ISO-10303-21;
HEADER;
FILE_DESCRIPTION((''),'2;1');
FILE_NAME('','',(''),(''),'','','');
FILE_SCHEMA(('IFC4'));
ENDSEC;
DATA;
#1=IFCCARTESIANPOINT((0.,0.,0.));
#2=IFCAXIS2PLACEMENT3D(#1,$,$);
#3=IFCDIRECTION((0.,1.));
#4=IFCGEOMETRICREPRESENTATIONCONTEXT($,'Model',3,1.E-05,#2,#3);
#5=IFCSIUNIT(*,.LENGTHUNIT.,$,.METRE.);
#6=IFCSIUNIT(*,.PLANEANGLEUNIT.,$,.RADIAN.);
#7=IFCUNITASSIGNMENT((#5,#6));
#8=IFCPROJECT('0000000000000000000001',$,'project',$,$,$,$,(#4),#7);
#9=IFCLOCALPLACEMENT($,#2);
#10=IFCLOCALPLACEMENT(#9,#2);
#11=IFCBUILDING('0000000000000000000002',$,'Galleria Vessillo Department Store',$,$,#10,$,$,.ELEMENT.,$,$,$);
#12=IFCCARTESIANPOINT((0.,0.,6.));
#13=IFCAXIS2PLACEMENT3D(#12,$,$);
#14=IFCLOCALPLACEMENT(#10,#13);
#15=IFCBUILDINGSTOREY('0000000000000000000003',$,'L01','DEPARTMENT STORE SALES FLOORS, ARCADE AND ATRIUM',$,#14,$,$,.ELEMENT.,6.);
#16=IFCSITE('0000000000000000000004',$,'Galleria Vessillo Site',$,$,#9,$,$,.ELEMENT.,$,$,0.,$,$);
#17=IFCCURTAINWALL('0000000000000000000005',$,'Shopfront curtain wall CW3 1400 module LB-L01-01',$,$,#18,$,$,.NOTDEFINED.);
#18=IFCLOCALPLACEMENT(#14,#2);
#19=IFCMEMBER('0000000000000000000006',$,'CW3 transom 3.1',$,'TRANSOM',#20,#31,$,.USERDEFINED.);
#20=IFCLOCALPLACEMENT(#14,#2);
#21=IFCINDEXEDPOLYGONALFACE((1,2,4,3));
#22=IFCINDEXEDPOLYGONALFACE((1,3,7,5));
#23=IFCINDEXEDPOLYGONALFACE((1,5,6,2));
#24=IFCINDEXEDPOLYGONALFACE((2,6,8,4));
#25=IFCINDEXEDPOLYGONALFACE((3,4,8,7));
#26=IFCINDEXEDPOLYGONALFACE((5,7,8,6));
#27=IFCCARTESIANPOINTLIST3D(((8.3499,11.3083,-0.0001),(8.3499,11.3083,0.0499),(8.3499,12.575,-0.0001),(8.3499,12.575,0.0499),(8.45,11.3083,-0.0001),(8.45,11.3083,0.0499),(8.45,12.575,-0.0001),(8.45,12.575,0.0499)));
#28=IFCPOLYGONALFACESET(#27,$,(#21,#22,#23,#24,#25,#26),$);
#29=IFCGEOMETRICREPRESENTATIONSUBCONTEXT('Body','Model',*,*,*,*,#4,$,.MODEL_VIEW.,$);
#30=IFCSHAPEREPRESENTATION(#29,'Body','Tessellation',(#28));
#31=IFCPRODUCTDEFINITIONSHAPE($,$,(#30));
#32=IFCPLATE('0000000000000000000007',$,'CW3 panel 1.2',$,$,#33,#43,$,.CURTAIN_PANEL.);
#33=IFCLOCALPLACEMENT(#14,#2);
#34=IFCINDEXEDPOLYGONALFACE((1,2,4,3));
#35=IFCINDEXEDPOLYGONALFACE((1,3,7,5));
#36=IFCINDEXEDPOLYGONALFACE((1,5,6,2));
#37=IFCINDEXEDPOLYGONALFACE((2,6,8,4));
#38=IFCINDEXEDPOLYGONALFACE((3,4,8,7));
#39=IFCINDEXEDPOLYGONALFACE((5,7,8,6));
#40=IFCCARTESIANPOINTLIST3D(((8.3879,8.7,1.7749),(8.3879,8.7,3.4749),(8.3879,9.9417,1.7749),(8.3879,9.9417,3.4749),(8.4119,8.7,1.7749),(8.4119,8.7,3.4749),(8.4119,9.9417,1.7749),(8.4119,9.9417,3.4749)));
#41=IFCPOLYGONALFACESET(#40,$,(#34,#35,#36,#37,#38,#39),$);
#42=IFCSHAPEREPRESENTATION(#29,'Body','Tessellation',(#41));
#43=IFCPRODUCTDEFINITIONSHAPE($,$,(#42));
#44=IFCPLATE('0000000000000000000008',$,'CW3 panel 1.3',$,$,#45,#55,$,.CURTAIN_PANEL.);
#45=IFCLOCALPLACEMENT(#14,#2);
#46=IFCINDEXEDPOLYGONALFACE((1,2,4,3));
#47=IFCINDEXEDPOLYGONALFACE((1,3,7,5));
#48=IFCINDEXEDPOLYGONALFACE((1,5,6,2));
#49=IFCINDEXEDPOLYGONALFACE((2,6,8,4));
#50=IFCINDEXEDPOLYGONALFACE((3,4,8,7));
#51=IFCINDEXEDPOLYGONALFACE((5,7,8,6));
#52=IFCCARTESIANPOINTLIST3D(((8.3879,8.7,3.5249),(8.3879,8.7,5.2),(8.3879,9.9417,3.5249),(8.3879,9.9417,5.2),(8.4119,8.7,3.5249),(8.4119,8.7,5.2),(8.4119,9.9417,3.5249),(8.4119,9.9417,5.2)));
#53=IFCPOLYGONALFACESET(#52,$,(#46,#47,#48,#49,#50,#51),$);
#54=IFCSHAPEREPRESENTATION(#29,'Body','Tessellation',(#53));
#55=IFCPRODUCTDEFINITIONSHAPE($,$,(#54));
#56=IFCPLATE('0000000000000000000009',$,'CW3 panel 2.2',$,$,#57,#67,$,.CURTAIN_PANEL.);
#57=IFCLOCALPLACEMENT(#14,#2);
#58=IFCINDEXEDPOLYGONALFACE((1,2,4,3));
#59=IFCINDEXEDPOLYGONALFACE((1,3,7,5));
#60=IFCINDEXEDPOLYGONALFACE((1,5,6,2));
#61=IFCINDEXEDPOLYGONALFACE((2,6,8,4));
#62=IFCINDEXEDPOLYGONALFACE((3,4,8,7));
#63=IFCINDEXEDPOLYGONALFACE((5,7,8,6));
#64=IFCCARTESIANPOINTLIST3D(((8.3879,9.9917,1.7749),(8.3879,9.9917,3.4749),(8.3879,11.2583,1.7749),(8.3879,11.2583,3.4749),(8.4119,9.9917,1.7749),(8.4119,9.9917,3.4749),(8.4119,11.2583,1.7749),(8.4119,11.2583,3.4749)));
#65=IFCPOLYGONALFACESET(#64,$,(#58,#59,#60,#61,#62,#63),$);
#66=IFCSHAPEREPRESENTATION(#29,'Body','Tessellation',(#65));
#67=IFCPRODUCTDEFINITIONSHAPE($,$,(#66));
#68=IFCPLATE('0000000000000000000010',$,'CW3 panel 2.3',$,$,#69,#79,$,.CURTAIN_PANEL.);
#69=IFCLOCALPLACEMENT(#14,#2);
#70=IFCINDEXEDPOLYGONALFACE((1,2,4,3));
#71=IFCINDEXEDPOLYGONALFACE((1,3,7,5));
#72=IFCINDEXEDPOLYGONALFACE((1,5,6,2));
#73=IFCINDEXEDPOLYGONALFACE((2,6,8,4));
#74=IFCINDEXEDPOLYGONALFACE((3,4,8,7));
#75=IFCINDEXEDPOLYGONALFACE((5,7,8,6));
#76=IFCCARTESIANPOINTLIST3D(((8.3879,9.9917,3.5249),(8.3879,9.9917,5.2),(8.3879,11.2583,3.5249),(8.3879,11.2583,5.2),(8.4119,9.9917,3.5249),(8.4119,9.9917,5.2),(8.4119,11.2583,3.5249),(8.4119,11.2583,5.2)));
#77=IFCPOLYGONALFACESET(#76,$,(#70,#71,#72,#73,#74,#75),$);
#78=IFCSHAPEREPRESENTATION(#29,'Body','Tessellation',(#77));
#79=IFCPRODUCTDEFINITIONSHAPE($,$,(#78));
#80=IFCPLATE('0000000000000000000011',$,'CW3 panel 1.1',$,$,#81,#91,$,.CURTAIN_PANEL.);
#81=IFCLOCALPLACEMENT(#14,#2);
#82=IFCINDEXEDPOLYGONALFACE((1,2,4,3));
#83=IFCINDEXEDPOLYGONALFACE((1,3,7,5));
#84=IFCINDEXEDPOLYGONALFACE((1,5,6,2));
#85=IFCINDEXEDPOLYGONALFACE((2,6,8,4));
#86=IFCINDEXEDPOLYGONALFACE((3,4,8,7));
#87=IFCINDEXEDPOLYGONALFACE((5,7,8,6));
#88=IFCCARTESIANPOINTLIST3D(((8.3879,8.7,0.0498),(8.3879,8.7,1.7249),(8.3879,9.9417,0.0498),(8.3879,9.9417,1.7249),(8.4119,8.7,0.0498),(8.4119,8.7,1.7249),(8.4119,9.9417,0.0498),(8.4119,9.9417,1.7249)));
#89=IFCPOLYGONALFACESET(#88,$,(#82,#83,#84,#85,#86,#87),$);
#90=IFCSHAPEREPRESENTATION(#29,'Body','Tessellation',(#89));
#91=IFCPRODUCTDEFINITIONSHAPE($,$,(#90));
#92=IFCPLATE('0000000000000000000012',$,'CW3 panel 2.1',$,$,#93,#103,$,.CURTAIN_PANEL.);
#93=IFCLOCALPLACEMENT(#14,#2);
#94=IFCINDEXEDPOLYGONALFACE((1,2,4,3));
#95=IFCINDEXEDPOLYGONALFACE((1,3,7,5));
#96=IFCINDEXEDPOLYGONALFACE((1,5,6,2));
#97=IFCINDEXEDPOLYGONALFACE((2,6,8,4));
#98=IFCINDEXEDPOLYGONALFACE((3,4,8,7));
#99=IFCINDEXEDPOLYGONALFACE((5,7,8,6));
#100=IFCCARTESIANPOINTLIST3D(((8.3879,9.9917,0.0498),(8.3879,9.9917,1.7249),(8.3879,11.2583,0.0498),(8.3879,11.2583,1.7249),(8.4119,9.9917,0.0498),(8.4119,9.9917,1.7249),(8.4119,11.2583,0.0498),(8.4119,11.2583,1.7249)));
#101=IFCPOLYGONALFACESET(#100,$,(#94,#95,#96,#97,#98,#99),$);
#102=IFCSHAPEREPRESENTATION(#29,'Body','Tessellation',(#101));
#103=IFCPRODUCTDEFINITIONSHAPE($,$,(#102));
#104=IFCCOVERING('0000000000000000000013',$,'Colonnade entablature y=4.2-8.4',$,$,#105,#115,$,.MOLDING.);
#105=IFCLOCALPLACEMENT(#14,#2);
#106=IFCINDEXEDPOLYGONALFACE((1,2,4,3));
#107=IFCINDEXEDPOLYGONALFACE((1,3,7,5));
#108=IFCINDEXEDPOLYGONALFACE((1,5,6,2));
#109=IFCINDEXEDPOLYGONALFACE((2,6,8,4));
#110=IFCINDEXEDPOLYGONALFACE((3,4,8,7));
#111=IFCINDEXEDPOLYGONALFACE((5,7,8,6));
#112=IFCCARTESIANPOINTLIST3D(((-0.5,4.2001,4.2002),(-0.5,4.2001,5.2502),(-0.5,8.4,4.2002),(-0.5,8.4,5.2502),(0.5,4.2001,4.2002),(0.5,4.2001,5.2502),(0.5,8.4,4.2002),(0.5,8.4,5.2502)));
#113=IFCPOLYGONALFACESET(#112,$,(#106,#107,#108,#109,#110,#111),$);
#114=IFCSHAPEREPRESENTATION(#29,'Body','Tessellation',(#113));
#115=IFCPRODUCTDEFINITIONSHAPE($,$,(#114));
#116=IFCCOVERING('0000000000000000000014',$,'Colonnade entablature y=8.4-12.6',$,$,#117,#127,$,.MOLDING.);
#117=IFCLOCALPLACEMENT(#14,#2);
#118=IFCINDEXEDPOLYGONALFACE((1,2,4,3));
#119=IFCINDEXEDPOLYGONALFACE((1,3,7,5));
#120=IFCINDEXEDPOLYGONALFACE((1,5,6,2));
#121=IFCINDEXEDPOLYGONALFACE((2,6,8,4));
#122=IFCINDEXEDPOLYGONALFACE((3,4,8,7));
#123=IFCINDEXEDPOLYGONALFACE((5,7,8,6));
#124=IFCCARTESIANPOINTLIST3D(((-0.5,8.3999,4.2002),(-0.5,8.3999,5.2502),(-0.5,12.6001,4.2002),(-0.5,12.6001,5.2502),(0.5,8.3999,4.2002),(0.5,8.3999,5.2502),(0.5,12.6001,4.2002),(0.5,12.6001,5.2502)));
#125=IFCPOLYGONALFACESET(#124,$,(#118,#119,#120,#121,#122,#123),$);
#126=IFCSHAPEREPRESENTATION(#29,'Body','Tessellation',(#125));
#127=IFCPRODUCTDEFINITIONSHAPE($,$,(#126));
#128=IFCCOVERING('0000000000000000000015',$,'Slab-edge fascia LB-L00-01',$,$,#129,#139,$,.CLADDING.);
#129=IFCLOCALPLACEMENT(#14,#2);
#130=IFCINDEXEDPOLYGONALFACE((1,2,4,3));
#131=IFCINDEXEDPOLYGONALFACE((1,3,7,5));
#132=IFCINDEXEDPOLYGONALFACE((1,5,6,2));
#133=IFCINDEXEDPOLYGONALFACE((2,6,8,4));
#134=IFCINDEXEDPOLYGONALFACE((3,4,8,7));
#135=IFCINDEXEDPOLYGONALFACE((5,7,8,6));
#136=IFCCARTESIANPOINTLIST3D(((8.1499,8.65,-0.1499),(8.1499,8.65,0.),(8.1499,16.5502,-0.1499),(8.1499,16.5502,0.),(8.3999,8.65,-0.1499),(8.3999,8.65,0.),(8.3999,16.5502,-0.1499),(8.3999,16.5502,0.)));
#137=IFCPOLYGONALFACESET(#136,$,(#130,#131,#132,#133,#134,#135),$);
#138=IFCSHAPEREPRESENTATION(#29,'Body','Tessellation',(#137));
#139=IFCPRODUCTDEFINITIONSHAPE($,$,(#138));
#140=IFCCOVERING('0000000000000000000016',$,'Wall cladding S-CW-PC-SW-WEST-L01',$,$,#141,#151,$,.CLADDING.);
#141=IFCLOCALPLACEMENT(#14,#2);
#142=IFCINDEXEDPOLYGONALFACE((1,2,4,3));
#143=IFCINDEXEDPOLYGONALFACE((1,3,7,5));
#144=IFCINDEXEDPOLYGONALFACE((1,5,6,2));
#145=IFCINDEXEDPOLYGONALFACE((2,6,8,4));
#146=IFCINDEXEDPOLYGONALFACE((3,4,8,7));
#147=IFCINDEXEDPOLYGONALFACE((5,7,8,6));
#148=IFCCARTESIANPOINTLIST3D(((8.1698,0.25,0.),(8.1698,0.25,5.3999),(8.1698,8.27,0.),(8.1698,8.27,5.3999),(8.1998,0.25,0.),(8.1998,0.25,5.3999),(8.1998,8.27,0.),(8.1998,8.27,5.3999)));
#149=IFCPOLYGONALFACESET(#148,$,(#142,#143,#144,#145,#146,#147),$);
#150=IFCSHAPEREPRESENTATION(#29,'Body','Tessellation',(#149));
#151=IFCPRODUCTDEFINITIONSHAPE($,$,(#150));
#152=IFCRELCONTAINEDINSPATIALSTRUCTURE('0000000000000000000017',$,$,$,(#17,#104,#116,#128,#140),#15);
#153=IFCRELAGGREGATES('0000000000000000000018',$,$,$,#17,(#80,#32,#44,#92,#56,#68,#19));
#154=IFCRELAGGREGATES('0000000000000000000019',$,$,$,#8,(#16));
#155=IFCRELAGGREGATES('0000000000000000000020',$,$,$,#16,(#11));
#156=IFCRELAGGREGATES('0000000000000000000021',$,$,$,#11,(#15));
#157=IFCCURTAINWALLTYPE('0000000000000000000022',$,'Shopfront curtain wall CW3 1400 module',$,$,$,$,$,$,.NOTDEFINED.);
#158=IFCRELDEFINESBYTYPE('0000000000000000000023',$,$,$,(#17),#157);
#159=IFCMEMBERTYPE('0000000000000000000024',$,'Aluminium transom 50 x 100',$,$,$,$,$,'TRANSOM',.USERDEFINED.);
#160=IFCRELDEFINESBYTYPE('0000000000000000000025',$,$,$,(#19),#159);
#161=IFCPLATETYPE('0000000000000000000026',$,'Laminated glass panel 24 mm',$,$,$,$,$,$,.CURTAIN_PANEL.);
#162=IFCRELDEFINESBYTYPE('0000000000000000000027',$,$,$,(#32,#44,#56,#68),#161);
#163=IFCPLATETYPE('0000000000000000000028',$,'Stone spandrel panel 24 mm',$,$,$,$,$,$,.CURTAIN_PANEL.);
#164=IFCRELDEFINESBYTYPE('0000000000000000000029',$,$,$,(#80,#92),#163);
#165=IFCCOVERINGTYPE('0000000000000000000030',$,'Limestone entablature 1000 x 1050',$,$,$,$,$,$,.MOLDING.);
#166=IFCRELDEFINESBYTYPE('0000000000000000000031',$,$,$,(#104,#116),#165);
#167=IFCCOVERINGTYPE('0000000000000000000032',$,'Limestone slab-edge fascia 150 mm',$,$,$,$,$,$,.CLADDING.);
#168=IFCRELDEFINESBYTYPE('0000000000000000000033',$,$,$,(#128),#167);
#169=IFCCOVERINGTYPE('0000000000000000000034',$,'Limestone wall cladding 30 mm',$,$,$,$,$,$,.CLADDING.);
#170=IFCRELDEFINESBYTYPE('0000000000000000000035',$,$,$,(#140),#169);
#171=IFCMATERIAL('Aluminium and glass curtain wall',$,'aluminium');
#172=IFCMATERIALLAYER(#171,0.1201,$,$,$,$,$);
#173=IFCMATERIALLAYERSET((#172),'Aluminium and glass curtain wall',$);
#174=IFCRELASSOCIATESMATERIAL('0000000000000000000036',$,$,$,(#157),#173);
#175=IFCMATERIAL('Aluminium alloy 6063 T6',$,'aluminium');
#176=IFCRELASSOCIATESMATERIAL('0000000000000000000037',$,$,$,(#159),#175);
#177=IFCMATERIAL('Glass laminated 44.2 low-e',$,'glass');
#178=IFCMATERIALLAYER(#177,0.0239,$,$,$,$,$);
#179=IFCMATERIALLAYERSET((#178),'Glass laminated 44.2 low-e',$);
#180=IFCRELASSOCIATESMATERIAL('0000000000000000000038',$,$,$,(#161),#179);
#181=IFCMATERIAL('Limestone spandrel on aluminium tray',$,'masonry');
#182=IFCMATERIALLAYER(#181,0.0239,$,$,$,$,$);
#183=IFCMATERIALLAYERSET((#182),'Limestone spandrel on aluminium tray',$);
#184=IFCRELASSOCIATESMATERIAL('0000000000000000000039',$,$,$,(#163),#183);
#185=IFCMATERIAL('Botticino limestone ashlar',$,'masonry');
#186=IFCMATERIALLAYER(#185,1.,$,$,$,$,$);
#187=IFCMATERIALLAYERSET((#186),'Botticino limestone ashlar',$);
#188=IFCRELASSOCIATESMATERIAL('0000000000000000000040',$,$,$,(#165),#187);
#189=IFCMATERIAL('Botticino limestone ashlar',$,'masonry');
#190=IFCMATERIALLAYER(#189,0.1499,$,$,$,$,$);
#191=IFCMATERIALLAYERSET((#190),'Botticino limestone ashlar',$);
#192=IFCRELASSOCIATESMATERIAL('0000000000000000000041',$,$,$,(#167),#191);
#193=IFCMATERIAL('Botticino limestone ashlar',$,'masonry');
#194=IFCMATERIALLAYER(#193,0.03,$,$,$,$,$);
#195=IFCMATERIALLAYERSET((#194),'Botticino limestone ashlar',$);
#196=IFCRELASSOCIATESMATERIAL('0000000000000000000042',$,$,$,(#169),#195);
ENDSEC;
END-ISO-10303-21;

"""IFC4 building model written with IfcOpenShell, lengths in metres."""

from ifc_helpers import new_model, si_unit, direction, frame, origin, origin_2d, place, context, subcontext, project, spatial, rectangle, extrude, material, layer, layer_set, material_profile, profile_set, type_object, element, aggregate, save


model = new_model("IFC4")

# Units and contexts
model_context = context("Model", 3, precision=1e-05, world=origin(), true_north=direction((0.0, 1.0)))
body_context = subcontext(model_context, "Body", "Model", "MODEL_VIEW")
ifc_project = project(units=[si_unit("LENGTHUNIT", "METRE"), si_unit("PLANEANGLEUNIT", "RADIAN")], contexts=[model_context])

# Site, building, storey
site_placement = place(None, origin())
site = spatial("IfcSite", under=ifc_project, at=site_placement, Name="Galleria Vessillo Site", CompositionType="ELEMENT", RefElevation=0.0)
building_placement = place(site_placement, origin())
building = spatial("IfcBuilding", under=site, at=building_placement, Name="Galleria Vessillo Department Store", CompositionType="ELEMENT")
storey_placement = place(building_placement, frame((0.0, 0.0, 6.0)))
storey = spatial("IfcBuildingStorey", under=building, at=storey_placement, Name="L01", Description="DEPARTMENT STORE SALES FLOORS, ARCADE AND ATRIUM", CompositionType="ELEMENT", Elevation=6.0)

# Curtain wall, member, plates
ifc_material_1 = material(Name="Aluminium and glass curtain wall", Category="aluminium")
ifc_layer_1 = layer(ifc_material_1, 0.1201)
ifc_layer_set_1 = layer_set([ifc_layer_1], Name="Aluminium and glass curtain wall")
curtain_wall_type = type_object("IfcCurtainWallType", Name="Shopfront curtain wall CW3 1400 module", PredefinedType="NOTDEFINED", material=ifc_layer_set_1)
curtain_wall_placement = place(storey_placement, origin())
curtain_wall = element("IfcCurtainWall", 1, at=curtain_wall_placement, inside=storey, type_object=curtain_wall_type, Name="Shopfront curtain wall CW3 1400 module LB-L01-01", PredefinedType="NOTDEFINED")
ifc_material_2 = material(Name="Aluminium alloy 6063 T6", Category="aluminium")
ifc_material_profile_1 = material_profile(ifc_material_2, rectangle(XDim=0.1001, YDim=0.05, at=origin_2d()), Name="AL 50x100")
ifc_profile_set_1 = profile_set([ifc_material_profile_1], Name="Aluminium alloy 6063 T6")
member_type_1 = type_object("IfcMemberType", Name="Aluminium transom 50 x 100", ElementType="TRANSOM", PredefinedType="USERDEFINED", material=ifc_profile_set_1)
member_1_placement = place(storey_placement, frame((8.3999, 11.3083, 0.0249), z_axis=(0.0, 1.0, 0.0), x_axis=(-1.0, 0.0, 0.0)))
member_1 = element("IfcMember", 2, at=member_1_placement, type_object=member_type_1, Name="CW3 transom 3.1", ObjectType="TRANSOM", PredefinedType="USERDEFINED", context=body_context, shape_type="SweptSolid", body=[
    extrude(rectangle(XDim=0.1001, YDim=0.05, at=origin_2d()), origin(), (0.0, 0.0, 1.0), 1.2666),
])
ifc_material_3 = material(Name="Glass laminated 44.2 low-e", Category="glass")
ifc_layer_2 = layer(ifc_material_3, 0.0239)
ifc_layer_set_2 = layer_set([ifc_layer_2], Name="Glass laminated 44.2 low-e")
plate_type_1 = type_object("IfcPlateType", Name="Laminated glass panel 24 mm", PredefinedType="CURTAIN_PANEL", material=ifc_layer_set_2)
plate_1_placement = place(storey_placement, frame((8.3999, 9.3208, 1.7749), z_axis=(0.0, 0.0, 1.0), x_axis=(0.0, 1.0, 0.0)))
plate_1 = element("IfcPlate", 3, at=plate_1_placement, type_object=plate_type_1, Name="CW3 panel 1.2", PredefinedType="CURTAIN_PANEL", context=body_context, shape_type="SweptSolid", body=[
    extrude(rectangle(XDim=1.2417, YDim=0.0239, at=origin_2d()), origin(), (0.0, 0.0, 1.0), 1.7),
])
plate_2_placement = place(storey_placement, frame((8.3999, 9.3208, 3.5249), z_axis=(0.0, 0.0, 1.0), x_axis=(0.0, 1.0, 0.0)))
plate_2 = element("IfcPlate", 4, at=plate_2_placement, type_object=plate_type_1, Name="CW3 panel 1.3", PredefinedType="CURTAIN_PANEL", context=body_context, shape_type="SweptSolid", body=[
    extrude(rectangle(XDim=1.2417, YDim=0.0239, at=origin_2d()), origin(), (0.0, 0.0, 1.0), 1.675),
])
plate_3_placement = place(storey_placement, frame((8.3999, 10.625, 1.7749), z_axis=(0.0, 0.0, 1.0), x_axis=(0.0, 1.0, 0.0)))
plate_3 = element("IfcPlate", 5, at=plate_3_placement, type_object=plate_type_1, Name="CW3 panel 2.2", PredefinedType="CURTAIN_PANEL", context=body_context, shape_type="SweptSolid", body=[
    extrude(rectangle(XDim=1.2666, YDim=0.0239, at=origin_2d()), origin(), (0.0, 0.0, 1.0), 1.7),
])
plate_4_placement = place(storey_placement, frame((8.3999, 10.625, 3.5249), z_axis=(0.0, 0.0, 1.0), x_axis=(0.0, 1.0, 0.0)))
plate_4 = element("IfcPlate", 6, at=plate_4_placement, type_object=plate_type_1, Name="CW3 panel 2.3", PredefinedType="CURTAIN_PANEL", context=body_context, shape_type="SweptSolid", body=[
    extrude(rectangle(XDim=1.2666, YDim=0.0239, at=origin_2d()), origin(), (0.0, 0.0, 1.0), 1.675),
])
ifc_material_4 = material(Name="Limestone spandrel on aluminium tray", Category="masonry")
ifc_layer_3 = layer(ifc_material_4, 0.0239)
ifc_layer_set_3 = layer_set([ifc_layer_3], Name="Limestone spandrel on aluminium tray")
plate_type_2 = type_object("IfcPlateType", Name="Stone spandrel panel 24 mm", PredefinedType="CURTAIN_PANEL", material=ifc_layer_set_3)
plate_5_placement = place(storey_placement, frame((8.3999, 9.3208, 0.0498), z_axis=(0.0, 0.0, 1.0), x_axis=(0.0, 1.0, 0.0)))
plate_5 = element("IfcPlate", 7, at=plate_5_placement, type_object=plate_type_2, Name="CW3 panel 1.1", PredefinedType="CURTAIN_PANEL", context=body_context, shape_type="SweptSolid", body=[
    extrude(rectangle(XDim=1.2417, YDim=0.0239, at=origin_2d()), origin(), (0.0, 0.0, 1.0), 1.675),
])
plate_6_placement = place(storey_placement, frame((8.3999, 10.625, 0.0498), z_axis=(0.0, 0.0, 1.0), x_axis=(0.0, 1.0, 0.0)))
plate_6 = element("IfcPlate", 8, at=plate_6_placement, type_object=plate_type_2, Name="CW3 panel 2.1", PredefinedType="CURTAIN_PANEL", context=body_context, shape_type="SweptSolid", body=[
    extrude(rectangle(XDim=1.2666, YDim=0.0239, at=origin_2d()), origin(), (0.0, 0.0, 1.0), 1.675),
])
aggregate(curtain_wall, [plate_5, plate_1, plate_2, plate_6, plate_3, plate_4, member_1])

# Coverings
ifc_material_5 = material(Name="Botticino limestone ashlar", Category="masonry")
ifc_layer_4 = layer(ifc_material_5, 1.0)
ifc_layer_set_4 = layer_set([ifc_layer_4], Name="Botticino limestone ashlar")
covering_type_1 = type_object("IfcCoveringType", Name="Limestone entablature 1000 x 1050", PredefinedType="MOLDING", material=ifc_layer_set_4)
covering_1_placement = place(storey_placement, frame((0.0, 6.3, 4.2002), z_axis=(0.0, 0.0, 1.0), x_axis=(1.0, 0.0, 0.0)))
element("IfcCovering", 9, at=covering_1_placement, inside=storey, type_object=covering_type_1, Name="Colonnade entablature y=4.2-8.4", PredefinedType="MOLDING", context=body_context, shape_type="SweptSolid", body=[
    extrude(rectangle(XDim=1.0, YDim=4.2, at=origin_2d()), origin(), (0.0, 0.0, 1.0), 1.05),
])
covering_2_placement = place(storey_placement, frame((0.0, 10.5, 4.2002), z_axis=(0.0, 0.0, 1.0), x_axis=(1.0, 0.0, 0.0)))
element("IfcCovering", 10, at=covering_2_placement, inside=storey, type_object=covering_type_1, Name="Colonnade entablature y=8.4-12.6", PredefinedType="MOLDING", context=body_context, shape_type="SweptSolid", body=[
    extrude(rectangle(XDim=1.0, YDim=4.2002, at=origin_2d()), origin(), (0.0, 0.0, 1.0), 1.05),
])
ifc_material_6 = material(Name="Botticino limestone ashlar", Category="masonry")
ifc_layer_5 = layer(ifc_material_6, 0.1499)
ifc_layer_set_5 = layer_set([ifc_layer_5], Name="Botticino limestone ashlar")
covering_type_2 = type_object("IfcCoveringType", Name="Limestone slab-edge fascia 150 mm", PredefinedType="CLADDING", material=ifc_layer_set_5)
covering_3_placement = place(storey_placement, frame((8.2749, 12.6001, -0.1499), z_axis=(0.0, 0.0, 1.0), x_axis=(1.0, 0.0, 0.0)))
element("IfcCovering", 11, at=covering_3_placement, inside=storey, type_object=covering_type_2, Name="Slab-edge fascia LB-L00-01", PredefinedType="CLADDING", context=body_context, shape_type="SweptSolid", body=[
    extrude(rectangle(XDim=0.25, YDim=7.9001, at=origin_2d()), origin(), (0.0, 0.0, 1.0), 0.1499),
])
ifc_material_7 = material(Name="Botticino limestone ashlar", Category="masonry")
ifc_layer_6 = layer(ifc_material_7, 0.03)
ifc_layer_set_6 = layer_set([ifc_layer_6], Name="Botticino limestone ashlar")
covering_type_3 = type_object("IfcCoveringType", Name="Limestone wall cladding 30 mm", PredefinedType="CLADDING", material=ifc_layer_set_6)
covering_4_placement = place(storey_placement, frame((8.1848, 4.26, 0.0), z_axis=(0.0, 0.0, 1.0), x_axis=(1.0, 0.0, 0.0)))
element("IfcCovering", 12, at=covering_4_placement, inside=storey, type_object=covering_type_3, Name="Wall cladding S-CW-PC-SW-WEST-L01", PredefinedType="CLADDING", context=body_context, shape_type="SweptSolid", body=[
    extrude(rectangle(XDim=0.03, YDim=8.02, at=origin_2d()), origin(), (0.0, 0.0, 1.0), 5.3999),
])

save(model, "model.ifc")
